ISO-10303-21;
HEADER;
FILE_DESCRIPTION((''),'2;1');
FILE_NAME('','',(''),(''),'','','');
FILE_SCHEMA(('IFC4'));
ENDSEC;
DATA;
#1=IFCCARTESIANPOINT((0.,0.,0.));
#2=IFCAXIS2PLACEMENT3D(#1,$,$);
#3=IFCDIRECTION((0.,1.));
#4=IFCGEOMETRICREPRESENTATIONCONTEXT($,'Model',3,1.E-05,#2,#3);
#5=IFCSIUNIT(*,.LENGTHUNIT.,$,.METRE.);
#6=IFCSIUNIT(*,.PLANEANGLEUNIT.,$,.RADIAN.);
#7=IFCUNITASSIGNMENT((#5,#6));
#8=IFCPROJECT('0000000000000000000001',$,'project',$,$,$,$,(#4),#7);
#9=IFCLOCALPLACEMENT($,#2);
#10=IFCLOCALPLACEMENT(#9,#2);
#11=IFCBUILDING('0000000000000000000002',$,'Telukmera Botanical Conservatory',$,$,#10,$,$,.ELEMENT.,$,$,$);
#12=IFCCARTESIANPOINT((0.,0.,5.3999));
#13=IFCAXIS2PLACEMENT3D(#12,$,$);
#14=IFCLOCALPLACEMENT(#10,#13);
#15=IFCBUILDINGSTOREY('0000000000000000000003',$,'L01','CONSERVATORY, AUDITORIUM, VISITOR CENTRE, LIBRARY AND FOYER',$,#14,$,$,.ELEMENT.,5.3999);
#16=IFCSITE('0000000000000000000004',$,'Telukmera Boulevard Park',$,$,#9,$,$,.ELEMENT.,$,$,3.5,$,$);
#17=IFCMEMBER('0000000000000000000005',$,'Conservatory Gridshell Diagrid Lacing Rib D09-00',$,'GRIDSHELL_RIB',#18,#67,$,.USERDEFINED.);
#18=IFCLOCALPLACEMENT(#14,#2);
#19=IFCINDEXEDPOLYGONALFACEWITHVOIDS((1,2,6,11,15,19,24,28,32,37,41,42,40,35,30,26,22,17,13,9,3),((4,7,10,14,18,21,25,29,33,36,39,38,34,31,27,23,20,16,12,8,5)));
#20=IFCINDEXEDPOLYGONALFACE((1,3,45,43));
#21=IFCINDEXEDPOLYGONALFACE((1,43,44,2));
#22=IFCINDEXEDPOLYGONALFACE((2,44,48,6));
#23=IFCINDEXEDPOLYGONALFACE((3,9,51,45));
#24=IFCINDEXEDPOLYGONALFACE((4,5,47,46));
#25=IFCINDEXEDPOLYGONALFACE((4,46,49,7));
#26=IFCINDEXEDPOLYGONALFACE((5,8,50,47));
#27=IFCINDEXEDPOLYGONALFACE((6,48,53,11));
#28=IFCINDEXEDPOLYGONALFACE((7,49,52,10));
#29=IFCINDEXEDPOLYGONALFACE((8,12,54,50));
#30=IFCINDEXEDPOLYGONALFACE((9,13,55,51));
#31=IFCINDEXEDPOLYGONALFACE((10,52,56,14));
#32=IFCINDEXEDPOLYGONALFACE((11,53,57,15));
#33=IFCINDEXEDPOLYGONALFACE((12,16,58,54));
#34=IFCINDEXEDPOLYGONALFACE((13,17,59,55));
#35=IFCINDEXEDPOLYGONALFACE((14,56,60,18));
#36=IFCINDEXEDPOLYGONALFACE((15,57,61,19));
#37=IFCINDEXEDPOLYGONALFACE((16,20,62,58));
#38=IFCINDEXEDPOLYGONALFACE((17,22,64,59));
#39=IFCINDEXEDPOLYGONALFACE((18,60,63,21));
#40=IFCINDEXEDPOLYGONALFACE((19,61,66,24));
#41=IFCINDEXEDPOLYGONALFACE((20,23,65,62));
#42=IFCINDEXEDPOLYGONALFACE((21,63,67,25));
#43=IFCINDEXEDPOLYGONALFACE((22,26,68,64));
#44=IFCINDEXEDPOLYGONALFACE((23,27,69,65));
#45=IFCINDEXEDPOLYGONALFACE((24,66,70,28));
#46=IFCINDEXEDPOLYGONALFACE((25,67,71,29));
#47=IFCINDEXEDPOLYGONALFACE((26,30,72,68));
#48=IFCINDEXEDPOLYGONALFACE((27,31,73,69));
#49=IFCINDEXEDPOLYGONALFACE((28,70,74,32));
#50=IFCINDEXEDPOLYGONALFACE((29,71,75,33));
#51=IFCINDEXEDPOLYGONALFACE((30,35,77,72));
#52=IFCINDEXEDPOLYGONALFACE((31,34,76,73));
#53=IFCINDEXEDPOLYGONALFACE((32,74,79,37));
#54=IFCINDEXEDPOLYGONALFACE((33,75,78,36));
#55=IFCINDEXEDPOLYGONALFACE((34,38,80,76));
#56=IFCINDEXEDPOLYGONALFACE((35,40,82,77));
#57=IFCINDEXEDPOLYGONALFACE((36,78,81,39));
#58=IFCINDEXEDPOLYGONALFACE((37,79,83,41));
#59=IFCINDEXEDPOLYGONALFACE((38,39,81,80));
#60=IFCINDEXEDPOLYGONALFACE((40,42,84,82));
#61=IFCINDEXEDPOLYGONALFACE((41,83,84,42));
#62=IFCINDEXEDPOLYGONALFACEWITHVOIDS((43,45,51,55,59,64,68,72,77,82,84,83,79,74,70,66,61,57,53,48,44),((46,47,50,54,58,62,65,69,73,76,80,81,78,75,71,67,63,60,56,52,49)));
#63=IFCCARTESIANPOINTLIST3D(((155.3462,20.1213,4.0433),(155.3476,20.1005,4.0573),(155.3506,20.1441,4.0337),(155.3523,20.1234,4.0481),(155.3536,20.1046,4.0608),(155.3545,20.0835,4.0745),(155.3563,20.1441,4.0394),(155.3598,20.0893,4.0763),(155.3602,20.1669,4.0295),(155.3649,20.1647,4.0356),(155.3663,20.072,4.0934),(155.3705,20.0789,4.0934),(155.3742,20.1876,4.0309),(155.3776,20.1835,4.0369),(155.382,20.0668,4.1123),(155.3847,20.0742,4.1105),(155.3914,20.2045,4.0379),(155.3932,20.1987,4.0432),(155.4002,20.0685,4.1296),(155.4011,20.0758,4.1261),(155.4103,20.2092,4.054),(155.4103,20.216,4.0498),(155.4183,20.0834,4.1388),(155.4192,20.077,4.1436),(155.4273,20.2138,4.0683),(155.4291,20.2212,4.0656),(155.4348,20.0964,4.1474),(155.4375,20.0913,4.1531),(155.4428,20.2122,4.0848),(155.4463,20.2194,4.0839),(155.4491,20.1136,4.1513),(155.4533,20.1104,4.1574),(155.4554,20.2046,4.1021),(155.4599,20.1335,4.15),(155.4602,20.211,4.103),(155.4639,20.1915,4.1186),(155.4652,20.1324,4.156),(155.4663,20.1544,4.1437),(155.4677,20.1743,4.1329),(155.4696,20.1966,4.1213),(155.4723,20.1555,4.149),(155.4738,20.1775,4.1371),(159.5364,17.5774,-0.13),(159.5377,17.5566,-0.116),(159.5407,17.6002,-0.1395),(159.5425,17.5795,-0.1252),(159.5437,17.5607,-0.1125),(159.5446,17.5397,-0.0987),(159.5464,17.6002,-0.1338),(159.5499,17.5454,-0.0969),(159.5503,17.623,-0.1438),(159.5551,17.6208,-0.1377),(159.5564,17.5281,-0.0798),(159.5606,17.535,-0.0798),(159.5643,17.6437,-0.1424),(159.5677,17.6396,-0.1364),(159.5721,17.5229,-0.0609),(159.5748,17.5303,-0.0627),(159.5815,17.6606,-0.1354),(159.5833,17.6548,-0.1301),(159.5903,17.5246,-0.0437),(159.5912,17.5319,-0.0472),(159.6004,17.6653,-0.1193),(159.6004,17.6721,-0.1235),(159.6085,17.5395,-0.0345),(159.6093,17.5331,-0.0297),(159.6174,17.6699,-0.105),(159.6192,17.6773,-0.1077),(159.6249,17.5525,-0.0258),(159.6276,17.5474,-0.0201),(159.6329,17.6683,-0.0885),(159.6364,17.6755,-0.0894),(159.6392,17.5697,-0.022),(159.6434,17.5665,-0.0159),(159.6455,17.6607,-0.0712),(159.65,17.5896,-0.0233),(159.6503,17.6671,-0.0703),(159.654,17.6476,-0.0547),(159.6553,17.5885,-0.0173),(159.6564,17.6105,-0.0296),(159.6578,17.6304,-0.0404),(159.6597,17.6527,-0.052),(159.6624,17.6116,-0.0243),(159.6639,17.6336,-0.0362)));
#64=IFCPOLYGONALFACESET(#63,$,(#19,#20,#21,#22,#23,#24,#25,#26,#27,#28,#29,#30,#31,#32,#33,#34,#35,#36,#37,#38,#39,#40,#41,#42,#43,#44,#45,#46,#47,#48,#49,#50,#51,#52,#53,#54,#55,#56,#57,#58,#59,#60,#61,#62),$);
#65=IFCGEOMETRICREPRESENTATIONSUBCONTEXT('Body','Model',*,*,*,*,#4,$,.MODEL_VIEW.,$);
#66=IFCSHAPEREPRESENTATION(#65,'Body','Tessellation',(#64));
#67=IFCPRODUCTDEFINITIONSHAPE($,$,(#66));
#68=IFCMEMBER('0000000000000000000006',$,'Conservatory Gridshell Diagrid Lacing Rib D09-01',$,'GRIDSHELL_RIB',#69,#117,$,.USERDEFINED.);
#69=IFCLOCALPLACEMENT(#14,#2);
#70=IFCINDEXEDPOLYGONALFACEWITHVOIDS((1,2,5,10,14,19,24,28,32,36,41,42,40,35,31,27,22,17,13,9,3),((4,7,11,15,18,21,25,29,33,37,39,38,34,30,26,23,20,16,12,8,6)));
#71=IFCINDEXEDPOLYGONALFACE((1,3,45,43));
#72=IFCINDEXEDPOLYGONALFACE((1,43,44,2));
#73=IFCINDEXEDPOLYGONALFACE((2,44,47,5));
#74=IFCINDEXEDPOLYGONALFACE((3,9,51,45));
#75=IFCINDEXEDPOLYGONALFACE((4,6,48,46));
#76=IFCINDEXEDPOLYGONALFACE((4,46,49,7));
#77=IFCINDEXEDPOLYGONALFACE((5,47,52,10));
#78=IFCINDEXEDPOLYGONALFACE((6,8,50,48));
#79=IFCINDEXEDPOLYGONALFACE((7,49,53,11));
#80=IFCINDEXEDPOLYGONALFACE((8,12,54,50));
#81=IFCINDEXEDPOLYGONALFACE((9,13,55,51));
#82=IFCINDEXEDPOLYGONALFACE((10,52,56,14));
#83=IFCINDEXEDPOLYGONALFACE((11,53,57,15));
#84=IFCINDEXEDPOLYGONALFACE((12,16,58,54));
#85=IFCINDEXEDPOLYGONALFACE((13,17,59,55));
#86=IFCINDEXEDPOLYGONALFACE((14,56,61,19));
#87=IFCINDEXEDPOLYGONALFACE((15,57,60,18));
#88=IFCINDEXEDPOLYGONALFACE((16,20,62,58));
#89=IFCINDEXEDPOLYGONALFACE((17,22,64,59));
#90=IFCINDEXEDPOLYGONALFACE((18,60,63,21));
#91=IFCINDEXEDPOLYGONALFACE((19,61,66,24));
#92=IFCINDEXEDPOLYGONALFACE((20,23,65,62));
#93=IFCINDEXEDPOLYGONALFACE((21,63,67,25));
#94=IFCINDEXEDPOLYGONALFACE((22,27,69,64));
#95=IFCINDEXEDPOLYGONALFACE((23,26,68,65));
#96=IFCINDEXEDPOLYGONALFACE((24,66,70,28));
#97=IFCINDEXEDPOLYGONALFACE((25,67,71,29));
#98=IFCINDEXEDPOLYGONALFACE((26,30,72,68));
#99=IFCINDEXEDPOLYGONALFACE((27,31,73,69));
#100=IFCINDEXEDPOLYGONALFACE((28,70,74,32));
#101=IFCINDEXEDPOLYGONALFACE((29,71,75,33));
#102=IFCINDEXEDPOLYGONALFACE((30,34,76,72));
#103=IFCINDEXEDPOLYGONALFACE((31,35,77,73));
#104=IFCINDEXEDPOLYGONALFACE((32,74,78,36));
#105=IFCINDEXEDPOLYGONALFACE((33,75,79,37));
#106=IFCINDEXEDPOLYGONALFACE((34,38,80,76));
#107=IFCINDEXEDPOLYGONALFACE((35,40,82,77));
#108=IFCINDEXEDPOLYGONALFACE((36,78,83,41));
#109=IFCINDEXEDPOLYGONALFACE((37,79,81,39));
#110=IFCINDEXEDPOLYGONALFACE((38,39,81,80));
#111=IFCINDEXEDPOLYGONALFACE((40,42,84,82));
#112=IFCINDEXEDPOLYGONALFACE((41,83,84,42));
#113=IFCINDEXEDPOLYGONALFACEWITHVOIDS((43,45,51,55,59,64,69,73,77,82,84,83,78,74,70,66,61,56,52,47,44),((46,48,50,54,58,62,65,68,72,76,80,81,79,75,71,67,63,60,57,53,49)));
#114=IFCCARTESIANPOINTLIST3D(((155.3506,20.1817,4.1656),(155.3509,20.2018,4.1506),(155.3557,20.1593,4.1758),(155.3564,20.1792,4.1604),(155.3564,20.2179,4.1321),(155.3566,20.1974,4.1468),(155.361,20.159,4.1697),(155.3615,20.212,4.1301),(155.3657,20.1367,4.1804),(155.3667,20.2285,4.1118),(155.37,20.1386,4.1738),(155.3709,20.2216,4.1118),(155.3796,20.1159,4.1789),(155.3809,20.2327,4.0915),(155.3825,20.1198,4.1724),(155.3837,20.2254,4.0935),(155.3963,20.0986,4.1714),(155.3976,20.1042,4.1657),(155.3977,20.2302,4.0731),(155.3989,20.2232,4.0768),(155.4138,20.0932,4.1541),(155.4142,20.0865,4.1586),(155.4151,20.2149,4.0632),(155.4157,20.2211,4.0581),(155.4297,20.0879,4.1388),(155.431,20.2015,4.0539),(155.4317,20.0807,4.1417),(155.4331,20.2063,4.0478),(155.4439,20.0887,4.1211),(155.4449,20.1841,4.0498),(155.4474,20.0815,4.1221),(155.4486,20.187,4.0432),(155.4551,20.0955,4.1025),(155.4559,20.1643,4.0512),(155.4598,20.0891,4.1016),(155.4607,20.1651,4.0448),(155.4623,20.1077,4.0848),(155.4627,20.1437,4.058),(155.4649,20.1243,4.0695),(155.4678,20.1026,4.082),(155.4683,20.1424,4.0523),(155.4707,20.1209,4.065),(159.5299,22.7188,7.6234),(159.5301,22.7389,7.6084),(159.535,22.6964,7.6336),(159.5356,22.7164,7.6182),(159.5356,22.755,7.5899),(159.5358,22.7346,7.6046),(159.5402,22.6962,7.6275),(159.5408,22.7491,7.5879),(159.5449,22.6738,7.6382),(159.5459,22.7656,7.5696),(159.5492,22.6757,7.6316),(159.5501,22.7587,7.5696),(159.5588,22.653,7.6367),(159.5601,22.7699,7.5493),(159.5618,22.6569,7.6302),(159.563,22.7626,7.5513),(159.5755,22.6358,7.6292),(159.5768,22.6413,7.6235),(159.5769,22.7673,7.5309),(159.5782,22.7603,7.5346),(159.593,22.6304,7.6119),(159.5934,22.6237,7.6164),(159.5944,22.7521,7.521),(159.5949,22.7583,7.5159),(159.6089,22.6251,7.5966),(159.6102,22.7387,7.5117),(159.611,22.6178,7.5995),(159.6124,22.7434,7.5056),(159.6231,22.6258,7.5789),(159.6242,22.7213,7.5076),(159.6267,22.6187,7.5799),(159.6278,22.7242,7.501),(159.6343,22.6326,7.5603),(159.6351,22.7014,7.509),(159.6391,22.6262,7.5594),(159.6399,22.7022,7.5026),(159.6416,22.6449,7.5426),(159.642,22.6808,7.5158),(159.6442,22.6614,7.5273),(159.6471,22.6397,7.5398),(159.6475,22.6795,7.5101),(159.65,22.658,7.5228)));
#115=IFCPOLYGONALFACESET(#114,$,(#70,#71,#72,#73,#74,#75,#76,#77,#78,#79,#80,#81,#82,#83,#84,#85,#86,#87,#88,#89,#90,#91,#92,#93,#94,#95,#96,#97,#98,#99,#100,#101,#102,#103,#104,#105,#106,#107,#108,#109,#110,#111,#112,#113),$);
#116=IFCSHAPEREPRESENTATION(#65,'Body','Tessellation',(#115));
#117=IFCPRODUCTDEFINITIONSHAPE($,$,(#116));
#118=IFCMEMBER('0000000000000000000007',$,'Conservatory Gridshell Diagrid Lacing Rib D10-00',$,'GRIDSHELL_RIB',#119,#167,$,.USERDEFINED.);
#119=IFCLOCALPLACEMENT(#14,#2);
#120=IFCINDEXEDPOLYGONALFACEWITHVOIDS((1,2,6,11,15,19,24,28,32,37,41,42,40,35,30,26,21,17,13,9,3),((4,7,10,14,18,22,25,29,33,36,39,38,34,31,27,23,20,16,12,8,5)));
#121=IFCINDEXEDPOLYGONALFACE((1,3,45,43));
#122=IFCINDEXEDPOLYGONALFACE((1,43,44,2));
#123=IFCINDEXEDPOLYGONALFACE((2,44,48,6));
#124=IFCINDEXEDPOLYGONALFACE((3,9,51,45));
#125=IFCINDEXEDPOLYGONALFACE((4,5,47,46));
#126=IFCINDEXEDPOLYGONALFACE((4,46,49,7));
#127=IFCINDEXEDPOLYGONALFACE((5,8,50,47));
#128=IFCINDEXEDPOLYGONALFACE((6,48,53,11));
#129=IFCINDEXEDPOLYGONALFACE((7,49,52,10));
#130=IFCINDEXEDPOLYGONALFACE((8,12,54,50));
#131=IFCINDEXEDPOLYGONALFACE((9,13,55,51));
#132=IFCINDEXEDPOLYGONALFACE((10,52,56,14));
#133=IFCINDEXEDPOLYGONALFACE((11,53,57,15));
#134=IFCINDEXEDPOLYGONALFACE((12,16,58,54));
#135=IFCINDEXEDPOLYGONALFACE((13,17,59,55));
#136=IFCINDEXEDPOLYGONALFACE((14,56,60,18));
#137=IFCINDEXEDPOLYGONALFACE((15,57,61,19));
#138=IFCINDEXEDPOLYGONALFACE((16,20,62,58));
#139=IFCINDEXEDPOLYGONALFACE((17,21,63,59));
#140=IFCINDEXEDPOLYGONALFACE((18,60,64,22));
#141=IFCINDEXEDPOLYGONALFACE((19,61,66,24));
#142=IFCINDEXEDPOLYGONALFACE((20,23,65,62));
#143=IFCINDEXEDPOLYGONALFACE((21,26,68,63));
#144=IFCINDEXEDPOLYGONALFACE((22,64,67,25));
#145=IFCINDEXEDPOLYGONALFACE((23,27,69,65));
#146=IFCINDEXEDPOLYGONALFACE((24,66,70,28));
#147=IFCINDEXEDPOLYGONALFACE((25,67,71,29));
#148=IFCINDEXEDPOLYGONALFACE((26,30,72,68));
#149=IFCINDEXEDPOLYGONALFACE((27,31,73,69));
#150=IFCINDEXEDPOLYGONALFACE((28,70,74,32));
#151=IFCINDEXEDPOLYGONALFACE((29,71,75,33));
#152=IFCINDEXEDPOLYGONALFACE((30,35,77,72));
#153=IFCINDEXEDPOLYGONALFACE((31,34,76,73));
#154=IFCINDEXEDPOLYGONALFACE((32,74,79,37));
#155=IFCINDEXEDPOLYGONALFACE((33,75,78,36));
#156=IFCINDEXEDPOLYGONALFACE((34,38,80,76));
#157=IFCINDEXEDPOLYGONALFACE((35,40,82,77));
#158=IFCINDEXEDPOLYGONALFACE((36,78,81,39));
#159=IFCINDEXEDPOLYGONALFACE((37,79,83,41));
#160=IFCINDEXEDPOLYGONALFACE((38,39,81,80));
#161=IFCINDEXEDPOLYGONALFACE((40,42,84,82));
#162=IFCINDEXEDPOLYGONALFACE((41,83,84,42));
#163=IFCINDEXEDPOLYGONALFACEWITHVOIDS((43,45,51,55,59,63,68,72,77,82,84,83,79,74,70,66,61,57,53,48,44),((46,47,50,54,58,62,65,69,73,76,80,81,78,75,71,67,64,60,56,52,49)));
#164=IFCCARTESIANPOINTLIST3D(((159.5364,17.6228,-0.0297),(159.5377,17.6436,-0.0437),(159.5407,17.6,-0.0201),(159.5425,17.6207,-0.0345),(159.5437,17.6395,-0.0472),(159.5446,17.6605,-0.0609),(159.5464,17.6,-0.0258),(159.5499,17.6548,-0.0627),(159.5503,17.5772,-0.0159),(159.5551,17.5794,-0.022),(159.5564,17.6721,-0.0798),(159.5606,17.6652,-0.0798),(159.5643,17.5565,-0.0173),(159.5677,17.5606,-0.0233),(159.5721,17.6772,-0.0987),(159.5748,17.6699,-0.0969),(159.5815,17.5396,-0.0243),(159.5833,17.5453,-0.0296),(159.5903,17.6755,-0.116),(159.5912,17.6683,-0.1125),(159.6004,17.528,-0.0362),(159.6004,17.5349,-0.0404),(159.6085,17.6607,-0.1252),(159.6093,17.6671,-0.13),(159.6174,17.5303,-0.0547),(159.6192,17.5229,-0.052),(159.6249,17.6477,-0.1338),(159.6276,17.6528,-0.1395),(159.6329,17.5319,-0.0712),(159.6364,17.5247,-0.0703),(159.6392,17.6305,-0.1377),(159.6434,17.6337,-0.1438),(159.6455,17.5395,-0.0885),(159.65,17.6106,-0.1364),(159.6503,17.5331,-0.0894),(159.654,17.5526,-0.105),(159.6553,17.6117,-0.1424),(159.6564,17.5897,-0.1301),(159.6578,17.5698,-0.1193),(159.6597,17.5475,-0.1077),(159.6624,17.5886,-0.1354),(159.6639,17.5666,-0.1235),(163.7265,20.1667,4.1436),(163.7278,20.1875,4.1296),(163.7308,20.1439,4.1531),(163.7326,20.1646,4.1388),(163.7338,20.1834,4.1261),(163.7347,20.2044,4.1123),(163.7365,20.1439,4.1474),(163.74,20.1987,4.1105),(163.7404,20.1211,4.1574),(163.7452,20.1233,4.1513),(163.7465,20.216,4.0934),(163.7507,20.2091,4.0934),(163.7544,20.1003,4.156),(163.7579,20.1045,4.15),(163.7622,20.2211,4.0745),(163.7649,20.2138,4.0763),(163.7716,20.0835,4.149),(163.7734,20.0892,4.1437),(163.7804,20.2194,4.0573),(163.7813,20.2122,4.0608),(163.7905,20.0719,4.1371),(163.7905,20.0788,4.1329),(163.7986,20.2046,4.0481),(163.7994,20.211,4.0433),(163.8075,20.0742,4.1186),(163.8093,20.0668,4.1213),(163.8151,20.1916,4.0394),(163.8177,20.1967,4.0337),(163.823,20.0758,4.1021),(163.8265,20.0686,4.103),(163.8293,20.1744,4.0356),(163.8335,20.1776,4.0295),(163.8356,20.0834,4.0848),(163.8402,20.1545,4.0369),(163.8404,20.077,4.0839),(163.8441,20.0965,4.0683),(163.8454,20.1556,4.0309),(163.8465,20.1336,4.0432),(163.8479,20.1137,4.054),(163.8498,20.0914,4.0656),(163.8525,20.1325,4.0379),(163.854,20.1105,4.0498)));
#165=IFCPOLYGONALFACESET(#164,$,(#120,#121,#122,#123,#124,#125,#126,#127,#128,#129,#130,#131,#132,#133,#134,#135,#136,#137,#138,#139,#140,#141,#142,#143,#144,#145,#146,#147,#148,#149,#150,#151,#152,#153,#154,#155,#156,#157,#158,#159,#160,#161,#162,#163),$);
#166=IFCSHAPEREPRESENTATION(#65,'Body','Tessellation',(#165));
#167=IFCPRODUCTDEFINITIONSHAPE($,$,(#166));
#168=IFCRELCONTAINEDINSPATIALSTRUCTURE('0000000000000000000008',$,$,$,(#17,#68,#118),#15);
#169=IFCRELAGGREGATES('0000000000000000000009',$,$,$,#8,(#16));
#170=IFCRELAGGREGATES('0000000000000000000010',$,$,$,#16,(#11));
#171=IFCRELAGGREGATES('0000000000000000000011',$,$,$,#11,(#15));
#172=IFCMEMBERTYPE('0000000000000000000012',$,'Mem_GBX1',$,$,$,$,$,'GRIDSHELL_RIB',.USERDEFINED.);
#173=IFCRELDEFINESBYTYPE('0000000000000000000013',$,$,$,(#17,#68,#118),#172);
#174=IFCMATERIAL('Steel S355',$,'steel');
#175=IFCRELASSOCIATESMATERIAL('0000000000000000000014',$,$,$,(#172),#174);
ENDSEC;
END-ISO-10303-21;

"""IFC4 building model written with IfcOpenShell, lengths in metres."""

from ifc_helpers import new_model, si_unit, direction, frame, origin, origin_2d, place, context, subcontext, project, spatial, hollow_circle, extrude, material, material_profile, profile_set, type_object, element, save


model = new_model("IFC4")

# Units and contexts
model_context = context("Model", 3, precision=1e-05, world=origin(), true_north=direction((0.0, 1.0)))
body_context = subcontext(model_context, "Body", "Model", "MODEL_VIEW")
ifc_project = project(units=[si_unit("LENGTHUNIT", "METRE"), si_unit("PLANEANGLEUNIT", "RADIAN")], contexts=[model_context])

# Site, building, storey
site_placement = place(None, origin())
site = spatial("IfcSite", under=ifc_project, at=site_placement, Name="Telukmera Boulevard Park", CompositionType="ELEMENT", RefElevation=3.5)
building_placement = place(site_placement, origin())
building = spatial("IfcBuilding", under=site, at=building_placement, Name="Telukmera Botanical Conservatory", CompositionType="ELEMENT")
storey_placement = place(building_placement, frame((0.0, 0.0, 5.3999)))
storey = spatial("IfcBuildingStorey", under=building, at=storey_placement, Name="L01", Description="CONSERVATORY, AUDITORIUM, VISITOR CENTRE, LIBRARY AND FOYER", CompositionType="ELEMENT", Elevation=5.3999)

# Shared definitions
ifc_material_1 = material(Name="Steel S355", Category="steel")

# Members
ifc_material_profile_1 = material_profile(ifc_material_1, hollow_circle(Radius=0.0842, WallThickness=0.0081, at=origin_2d()), Name="CHS 168.3x8.0")
ifc_profile_set_1 = profile_set([ifc_material_profile_1], Name="Steel S355")
member_type_1 = type_object("IfcMemberType", Name="Mem_GBX1", ElementType="GRIDSHELL_RIB", PredefinedType="USERDEFINED", material=ifc_profile_set_1)
member_1_placement = place(storey_placement, frame((159.6001, 17.6001, -0.0798), z_axis=(-0.650866, 0.395154, 0.648249), x_axis=(-0.518964, -0.854796, 0.0)))
element("IfcMember", 1, at=member_1_placement, inside=storey, type_object=member_type_1, Name="Conservatory Gridshell Diagrid Lacing Rib D09-00", ObjectType="GRIDSHELL_RIB", PredefinedType="USERDEFINED", context=body_context, shape_type="SweptSolid", body=[
    extrude(hollow_circle(Radius=0.0842, WallThickness=0.0081, at=origin_2d()), origin(), (0.0, 0.0, 1.0), 6.4377),
])
member_2_placement = place(storey_placement, frame((155.4104, 20.1565, 4.1118), z_axis=(0.697904, 0.423684, 0.577428), x_axis=(-0.518939, 0.854811, 0.0)))
element("IfcMember", 2, at=member_2_placement, inside=storey, type_object=member_type_1, Name="Conservatory Gridshell Diagrid Lacing Rib D09-01", ObjectType="GRIDSHELL_RIB", PredefinedType="USERDEFINED", context=body_context, shape_type="SweptSolid", body=[
    extrude(hollow_circle(Radius=0.0842, WallThickness=0.0081, at=origin_2d()), origin(), (0.0, 0.0, 1.0), 5.9883),
])
member_3_placement = place(storey_placement, frame((159.6001, 17.6001, -0.0798), z_axis=(0.650866, 0.395154, 0.648249), x_axis=(-0.518964, 0.854796, 0.0)))
element("IfcMember", 3, at=member_3_placement, inside=storey, type_object=member_type_1, Name="Conservatory Gridshell Diagrid Lacing Rib D10-00", ObjectType="GRIDSHELL_RIB", PredefinedType="USERDEFINED", context=body_context, shape_type="SweptSolid", body=[
    extrude(hollow_circle(Radius=0.0842, WallThickness=0.0081, at=origin_2d()), origin(), (0.0, 0.0, 1.0), 6.4377),
])

save(model, "model.ifc")
